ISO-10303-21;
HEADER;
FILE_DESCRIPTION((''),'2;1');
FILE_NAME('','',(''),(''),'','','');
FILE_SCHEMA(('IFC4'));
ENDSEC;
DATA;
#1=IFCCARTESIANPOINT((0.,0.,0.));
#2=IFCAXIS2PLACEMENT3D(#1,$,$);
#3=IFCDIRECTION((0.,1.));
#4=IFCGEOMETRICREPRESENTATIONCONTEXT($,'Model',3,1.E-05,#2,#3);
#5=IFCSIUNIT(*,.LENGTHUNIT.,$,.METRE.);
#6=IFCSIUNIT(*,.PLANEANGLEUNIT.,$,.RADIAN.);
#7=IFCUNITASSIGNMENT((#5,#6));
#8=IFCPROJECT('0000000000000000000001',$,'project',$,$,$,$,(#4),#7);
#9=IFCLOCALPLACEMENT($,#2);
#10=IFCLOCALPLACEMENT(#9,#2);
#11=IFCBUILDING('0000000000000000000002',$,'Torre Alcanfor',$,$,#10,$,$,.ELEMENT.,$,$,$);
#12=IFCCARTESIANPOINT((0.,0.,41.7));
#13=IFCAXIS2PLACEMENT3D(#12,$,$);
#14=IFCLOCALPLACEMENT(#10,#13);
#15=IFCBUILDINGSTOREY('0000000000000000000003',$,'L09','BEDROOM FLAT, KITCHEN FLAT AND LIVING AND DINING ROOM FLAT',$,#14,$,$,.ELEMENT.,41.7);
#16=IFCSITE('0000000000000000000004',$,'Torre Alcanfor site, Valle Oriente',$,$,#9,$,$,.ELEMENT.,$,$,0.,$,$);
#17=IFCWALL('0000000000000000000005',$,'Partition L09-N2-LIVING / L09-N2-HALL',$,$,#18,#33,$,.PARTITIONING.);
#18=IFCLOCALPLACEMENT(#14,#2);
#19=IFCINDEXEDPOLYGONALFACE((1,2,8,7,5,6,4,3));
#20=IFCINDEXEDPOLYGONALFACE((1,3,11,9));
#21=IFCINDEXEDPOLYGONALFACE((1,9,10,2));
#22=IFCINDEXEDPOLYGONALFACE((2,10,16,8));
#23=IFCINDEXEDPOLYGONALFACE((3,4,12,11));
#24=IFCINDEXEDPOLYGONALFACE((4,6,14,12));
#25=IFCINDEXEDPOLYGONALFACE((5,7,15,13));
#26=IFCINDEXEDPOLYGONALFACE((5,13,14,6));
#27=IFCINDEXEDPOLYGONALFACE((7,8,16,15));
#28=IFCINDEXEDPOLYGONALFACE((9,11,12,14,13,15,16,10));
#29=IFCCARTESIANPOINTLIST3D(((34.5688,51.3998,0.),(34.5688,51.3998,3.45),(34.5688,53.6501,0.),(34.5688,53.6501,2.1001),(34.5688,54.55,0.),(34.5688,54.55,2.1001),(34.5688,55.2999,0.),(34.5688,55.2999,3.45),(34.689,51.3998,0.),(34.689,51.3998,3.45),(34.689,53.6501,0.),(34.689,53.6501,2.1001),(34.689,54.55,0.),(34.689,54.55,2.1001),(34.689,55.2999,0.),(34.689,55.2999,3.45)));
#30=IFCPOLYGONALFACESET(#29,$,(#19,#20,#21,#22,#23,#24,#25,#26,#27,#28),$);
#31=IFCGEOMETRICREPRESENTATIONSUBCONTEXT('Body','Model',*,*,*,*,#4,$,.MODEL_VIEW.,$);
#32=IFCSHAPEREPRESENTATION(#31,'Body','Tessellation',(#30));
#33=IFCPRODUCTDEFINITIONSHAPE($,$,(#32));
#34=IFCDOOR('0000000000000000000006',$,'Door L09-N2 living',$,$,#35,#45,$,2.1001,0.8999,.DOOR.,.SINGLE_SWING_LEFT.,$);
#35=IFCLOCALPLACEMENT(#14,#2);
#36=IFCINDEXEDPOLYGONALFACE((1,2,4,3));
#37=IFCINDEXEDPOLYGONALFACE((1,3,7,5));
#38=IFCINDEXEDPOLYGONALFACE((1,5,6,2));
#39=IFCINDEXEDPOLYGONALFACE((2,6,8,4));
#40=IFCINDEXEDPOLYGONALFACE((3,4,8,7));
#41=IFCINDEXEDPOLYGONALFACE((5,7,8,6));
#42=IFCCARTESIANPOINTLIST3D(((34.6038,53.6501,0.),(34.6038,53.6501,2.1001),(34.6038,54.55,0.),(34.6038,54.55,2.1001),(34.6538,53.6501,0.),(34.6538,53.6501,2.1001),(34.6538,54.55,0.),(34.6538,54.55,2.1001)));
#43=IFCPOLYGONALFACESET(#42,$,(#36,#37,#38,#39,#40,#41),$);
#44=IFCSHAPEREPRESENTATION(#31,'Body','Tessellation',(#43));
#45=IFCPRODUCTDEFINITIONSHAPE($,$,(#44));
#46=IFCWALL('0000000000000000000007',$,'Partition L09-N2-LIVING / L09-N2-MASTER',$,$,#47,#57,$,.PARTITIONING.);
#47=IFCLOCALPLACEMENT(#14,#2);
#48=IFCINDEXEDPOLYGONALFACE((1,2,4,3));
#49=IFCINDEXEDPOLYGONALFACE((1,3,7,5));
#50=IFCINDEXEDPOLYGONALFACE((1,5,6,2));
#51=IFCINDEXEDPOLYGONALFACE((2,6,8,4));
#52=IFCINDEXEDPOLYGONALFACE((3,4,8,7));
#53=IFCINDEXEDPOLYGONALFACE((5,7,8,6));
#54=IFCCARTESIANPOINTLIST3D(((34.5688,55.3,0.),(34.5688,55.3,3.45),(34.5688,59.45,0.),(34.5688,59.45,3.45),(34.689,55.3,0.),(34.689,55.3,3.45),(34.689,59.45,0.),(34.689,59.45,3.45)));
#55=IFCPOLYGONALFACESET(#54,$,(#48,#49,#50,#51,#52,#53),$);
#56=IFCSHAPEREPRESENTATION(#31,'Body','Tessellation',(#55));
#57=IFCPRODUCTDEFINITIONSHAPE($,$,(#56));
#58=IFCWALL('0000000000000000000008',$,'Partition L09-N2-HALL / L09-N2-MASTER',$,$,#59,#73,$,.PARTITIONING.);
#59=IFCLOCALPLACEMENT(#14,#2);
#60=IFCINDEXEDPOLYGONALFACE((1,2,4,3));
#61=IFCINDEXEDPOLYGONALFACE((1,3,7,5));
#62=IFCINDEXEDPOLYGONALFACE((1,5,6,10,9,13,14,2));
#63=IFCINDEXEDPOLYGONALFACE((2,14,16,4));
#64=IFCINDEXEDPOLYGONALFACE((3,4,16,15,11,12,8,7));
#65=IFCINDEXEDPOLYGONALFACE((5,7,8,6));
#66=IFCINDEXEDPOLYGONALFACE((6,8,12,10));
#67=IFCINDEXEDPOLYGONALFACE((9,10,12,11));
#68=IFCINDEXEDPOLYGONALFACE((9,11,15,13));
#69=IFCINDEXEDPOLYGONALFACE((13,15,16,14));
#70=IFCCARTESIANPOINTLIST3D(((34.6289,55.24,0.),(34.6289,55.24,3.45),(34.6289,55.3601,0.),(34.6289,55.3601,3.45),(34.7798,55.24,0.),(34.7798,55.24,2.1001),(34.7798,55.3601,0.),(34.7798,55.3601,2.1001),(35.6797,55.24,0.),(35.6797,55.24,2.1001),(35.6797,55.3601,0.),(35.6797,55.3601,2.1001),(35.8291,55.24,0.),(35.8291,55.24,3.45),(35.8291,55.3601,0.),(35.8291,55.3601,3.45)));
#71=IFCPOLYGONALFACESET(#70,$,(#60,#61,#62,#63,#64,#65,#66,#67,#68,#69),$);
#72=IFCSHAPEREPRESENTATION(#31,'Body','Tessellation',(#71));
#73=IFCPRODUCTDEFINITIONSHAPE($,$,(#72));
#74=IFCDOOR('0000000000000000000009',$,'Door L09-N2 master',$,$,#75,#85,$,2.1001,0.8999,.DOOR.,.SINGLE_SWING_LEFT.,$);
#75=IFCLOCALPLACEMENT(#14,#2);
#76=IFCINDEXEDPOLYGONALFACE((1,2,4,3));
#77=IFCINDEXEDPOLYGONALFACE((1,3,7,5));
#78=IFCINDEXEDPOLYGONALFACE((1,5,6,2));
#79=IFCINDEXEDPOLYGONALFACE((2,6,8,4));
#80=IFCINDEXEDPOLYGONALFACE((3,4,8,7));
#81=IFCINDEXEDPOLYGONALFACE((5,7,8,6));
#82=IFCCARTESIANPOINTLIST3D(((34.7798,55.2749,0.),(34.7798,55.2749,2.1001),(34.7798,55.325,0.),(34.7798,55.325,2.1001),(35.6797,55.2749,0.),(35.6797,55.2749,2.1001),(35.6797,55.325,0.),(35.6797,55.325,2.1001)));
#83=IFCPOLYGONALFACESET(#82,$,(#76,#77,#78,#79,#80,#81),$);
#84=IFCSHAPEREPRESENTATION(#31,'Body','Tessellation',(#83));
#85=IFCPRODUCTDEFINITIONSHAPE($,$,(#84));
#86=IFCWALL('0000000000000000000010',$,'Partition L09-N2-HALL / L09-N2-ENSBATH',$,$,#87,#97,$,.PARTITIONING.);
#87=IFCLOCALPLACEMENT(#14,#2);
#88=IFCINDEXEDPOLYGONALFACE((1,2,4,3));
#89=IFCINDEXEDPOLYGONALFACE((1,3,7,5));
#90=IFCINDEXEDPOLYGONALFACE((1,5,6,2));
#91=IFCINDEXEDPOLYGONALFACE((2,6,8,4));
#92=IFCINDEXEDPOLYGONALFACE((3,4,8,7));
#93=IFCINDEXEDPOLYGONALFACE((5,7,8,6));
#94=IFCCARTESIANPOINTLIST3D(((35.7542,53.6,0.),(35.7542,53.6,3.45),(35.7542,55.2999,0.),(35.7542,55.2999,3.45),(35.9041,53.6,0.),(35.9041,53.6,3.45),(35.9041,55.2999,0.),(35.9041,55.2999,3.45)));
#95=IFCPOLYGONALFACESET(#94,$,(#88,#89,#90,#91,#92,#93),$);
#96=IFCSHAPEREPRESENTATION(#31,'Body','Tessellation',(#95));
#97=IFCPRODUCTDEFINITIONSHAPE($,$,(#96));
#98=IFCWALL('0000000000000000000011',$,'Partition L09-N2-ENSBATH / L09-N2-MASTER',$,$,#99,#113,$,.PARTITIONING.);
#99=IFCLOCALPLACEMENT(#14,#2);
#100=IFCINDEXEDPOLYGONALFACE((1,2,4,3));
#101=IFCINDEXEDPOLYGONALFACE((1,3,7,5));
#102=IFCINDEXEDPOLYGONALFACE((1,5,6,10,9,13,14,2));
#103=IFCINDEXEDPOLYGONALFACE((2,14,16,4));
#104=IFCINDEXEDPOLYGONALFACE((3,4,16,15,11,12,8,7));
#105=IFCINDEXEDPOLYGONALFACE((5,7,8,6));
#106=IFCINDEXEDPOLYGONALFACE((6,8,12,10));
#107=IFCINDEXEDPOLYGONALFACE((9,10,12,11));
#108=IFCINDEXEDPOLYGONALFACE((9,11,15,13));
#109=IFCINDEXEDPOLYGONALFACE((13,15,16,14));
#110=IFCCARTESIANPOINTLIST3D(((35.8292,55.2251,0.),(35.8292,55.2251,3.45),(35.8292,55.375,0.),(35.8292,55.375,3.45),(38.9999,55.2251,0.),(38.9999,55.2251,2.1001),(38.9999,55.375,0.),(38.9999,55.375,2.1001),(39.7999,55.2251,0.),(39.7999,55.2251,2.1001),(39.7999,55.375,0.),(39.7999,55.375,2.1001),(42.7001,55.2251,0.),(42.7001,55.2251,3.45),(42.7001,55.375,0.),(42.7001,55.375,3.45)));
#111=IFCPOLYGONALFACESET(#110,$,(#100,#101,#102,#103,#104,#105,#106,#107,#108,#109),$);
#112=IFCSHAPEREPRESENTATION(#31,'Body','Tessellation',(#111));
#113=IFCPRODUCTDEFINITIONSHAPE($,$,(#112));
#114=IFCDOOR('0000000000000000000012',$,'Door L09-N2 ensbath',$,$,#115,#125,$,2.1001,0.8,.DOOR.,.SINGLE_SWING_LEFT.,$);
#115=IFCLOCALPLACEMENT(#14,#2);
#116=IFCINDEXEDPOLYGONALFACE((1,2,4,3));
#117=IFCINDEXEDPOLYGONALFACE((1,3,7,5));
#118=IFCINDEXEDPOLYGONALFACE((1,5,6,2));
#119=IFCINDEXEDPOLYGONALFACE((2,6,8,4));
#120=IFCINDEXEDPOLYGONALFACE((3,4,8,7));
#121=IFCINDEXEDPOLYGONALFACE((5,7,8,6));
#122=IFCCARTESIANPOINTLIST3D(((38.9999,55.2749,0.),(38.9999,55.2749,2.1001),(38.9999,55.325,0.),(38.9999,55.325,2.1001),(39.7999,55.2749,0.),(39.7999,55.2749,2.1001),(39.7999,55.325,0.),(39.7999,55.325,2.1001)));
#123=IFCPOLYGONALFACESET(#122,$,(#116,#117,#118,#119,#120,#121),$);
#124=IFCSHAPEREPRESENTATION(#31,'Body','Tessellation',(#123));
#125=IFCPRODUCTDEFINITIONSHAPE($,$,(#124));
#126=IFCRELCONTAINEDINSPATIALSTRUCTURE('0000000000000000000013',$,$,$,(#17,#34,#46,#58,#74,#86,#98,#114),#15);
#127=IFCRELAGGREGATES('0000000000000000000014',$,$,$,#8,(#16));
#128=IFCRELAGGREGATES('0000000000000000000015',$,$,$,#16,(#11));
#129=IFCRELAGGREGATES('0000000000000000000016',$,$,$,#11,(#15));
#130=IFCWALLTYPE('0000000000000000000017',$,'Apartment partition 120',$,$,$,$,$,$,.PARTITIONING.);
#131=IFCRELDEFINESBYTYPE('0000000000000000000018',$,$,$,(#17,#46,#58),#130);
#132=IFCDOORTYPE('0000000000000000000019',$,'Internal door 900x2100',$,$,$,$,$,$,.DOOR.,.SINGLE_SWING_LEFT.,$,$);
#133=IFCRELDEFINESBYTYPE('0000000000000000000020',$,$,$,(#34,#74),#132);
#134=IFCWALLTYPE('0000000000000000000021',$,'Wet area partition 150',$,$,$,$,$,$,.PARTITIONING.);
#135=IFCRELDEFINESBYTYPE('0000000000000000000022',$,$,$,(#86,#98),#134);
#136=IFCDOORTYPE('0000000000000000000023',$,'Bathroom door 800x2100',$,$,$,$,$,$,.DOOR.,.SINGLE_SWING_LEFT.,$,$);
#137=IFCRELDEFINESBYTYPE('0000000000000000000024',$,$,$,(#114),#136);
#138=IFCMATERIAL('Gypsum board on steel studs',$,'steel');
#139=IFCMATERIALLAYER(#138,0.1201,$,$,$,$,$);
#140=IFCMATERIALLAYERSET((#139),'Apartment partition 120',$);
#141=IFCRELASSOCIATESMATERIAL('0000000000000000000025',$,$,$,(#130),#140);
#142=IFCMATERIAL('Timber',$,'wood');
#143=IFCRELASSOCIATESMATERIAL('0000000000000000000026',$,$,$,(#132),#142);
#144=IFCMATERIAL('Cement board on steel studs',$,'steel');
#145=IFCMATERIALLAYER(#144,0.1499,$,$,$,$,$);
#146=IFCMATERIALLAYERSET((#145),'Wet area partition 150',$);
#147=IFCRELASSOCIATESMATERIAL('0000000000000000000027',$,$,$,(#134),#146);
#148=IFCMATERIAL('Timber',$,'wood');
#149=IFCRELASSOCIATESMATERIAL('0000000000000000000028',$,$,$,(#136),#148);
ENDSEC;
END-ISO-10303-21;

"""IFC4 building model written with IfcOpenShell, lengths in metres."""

from ifc_helpers import new_model, si_unit, direction, frame, frame_2d, origin, place, context, subcontext, project, spatial, rectangle, extrude, material, layer, layer_set, type_object, element, fill, save


model = new_model("IFC4")

# Units and contexts
model_context = context("Model", 3, precision=1e-05, world=origin(), true_north=direction((0.0, 1.0)))
body_context = subcontext(model_context, "Body", "Model", "MODEL_VIEW")
ifc_project = project(units=[si_unit("LENGTHUNIT", "METRE"), si_unit("PLANEANGLEUNIT", "RADIAN")], contexts=[model_context])

# Site, building, storey
site_placement = place(None, origin())
site = spatial("IfcSite", under=ifc_project, at=site_placement, Name="Torre Alcanfor site, Valle Oriente", CompositionType="ELEMENT", RefElevation=0.0)
building_placement = place(site_placement, origin())
building = spatial("IfcBuilding", under=site, at=building_placement, Name="Torre Alcanfor", CompositionType="ELEMENT")
storey_placement = place(building_placement, frame((0.0, 0.0, 41.7)))
storey = spatial("IfcBuildingStorey", under=building, at=storey_placement, Name="L09", Description="BEDROOM FLAT, KITCHEN FLAT AND LIVING AND DINING ROOM FLAT", CompositionType="ELEMENT", Elevation=41.7)

# Wall, opening, door
ifc_material_1 = material(Name="Gypsum board on steel studs", Category="steel")
ifc_layer_1 = layer(ifc_material_1, 0.1201)
ifc_layer_set_1 = layer_set([ifc_layer_1], Name="Apartment partition 120")
wall_type_1 = type_object("IfcWallType", Name="Apartment partition 120", PredefinedType="PARTITIONING", material=ifc_layer_set_1)
wall_1_placement = place(storey_placement, frame((34.6289, 55.3, 0.0), z_axis=(0.0, 0.0, 1.0), x_axis=(0.0, -1.0, 0.0)))
wall_1 = element("IfcWall", 1, at=wall_1_placement, inside=storey, type_object=wall_type_1, Name="Partition L09-N2-LIVING / L09-N2-HALL", PredefinedType="PARTITIONING", context=body_context, shape_type="SweptSolid", body=[
    extrude(rectangle(XDim=3.9001, YDim=0.1201, at=frame_2d((1.9502, 0.0))), origin(), (0.0, 0.0, 1.0), 3.45),
])
opening_1_placement = place(wall_1_placement, frame((0.75, 0.0, 0.0)))
opening_1 = element("IfcOpeningElement", 2, at=opening_1_placement, cuts=wall_1, PredefinedType="OPENING", context=body_context, shape_type="SweptSolid", body=[
    extrude(rectangle(XDim=0.8999, YDim=2.1001, at=frame_2d((0.45, 1.05))), frame((0.0, 0.0701, 0.0), z_axis=(0.0, -1.0, 0.0), x_axis=(1.0, 0.0, 0.0)), (0.0, 0.0, 1.0), 0.1401),
])
ifc_material_2 = material(Name="Timber", Category="wood")
door_type_1 = type_object("IfcDoorType", Name="Internal door 900x2100", OperationType="SINGLE_SWING_LEFT", PredefinedType="DOOR", material=ifc_material_2)
door_1_placement = place(opening_1_placement, frame((0.8999, 0.0, 0.0), z_axis=(0.0, 0.0, 1.0), x_axis=(-1.0, 0.0, 0.0)))
door_1 = element("IfcDoor", 3, at=door_1_placement, inside=storey, type_object=door_type_1, Name="Door L09-N2 living", OperationType="SINGLE_SWING_LEFT", OverallHeight=2.1001, OverallWidth=0.8999, PredefinedType="DOOR", context=body_context, shape_type="SweptSolid", body=[
    extrude(rectangle(XDim=0.8999, YDim=2.1001, at=frame_2d((0.45, 1.05))), frame((0.0, 0.0251, 0.0), z_axis=(0.0, -1.0, 0.0), x_axis=(1.0, 0.0, 0.0)), (0.0, 0.0, 1.0), 0.05),
])
fill(opening_1, door_1)

# Wall
wall_2_placement = place(storey_placement, frame((34.6289, 59.45, 0.0), z_axis=(0.0, 0.0, 1.0), x_axis=(0.0, -1.0, 0.0)))
element("IfcWall", 4, at=wall_2_placement, inside=storey, type_object=wall_type_1, Name="Partition L09-N2-LIVING / L09-N2-MASTER", PredefinedType="PARTITIONING", context=body_context, shape_type="SweptSolid", body=[
    extrude(rectangle(XDim=4.1499, YDim=0.1201, at=frame_2d((2.075, 0.0))), origin(), (0.0, 0.0, 1.0), 3.45),
])

# Wall, opening, door
wall_3_placement = place(storey_placement, frame((34.6289, 55.3, 0.0), z_axis=(0.0, 0.0, 1.0), x_axis=(1.0, 0.0, 0.0)))
wall_3 = element("IfcWall", 5, at=wall_3_placement, inside=storey, type_object=wall_type_1, Name="Partition L09-N2-HALL / L09-N2-MASTER", PredefinedType="PARTITIONING", context=body_context, shape_type="SweptSolid", body=[
    extrude(rectangle(XDim=1.2002, YDim=0.1201, at=frame_2d((0.6001, 0.0))), origin(), (0.0, 0.0, 1.0), 3.45),
])
opening_2_placement = place(wall_3_placement, frame((0.1509, 0.0, 0.0)))
opening_2 = element("IfcOpeningElement", 6, at=opening_2_placement, cuts=wall_3, PredefinedType="OPENING", context=body_context, shape_type="SweptSolid", body=[
    extrude(rectangle(XDim=0.8999, YDim=2.1001, at=frame_2d((0.45, 1.05))), frame((0.0, 0.0701, 0.0), z_axis=(0.0, -1.0, 0.0), x_axis=(1.0, 0.0, 0.0)), (0.0, 0.0, 1.0), 0.1401),
])
door_2_placement = place(opening_2_placement, origin())
door_2 = element("IfcDoor", 7, at=door_2_placement, inside=storey, type_object=door_type_1, Name="Door L09-N2 master", OperationType="SINGLE_SWING_LEFT", OverallHeight=2.1001, OverallWidth=0.8999, PredefinedType="DOOR", context=body_context, shape_type="SweptSolid", body=[
    extrude(rectangle(XDim=0.8999, YDim=2.1001, at=frame_2d((0.45, 1.05))), frame((0.0, 0.0249, 0.0), z_axis=(0.0, -1.0, 0.0), x_axis=(1.0, 0.0, 0.0)), (0.0, 0.0, 1.0), 0.05),
])
fill(opening_2, door_2)

# Wall
ifc_material_3 = material(Name="Cement board on steel studs", Category="steel")
ifc_layer_2 = layer(ifc_material_3, 0.1499)
ifc_layer_set_2 = layer_set([ifc_layer_2], Name="Wet area partition 150")
wall_type_2 = type_object("IfcWallType", Name="Wet area partition 150", PredefinedType="PARTITIONING", material=ifc_layer_set_2)
wall_4_placement = place(storey_placement, frame((35.8291, 55.3, 0.0), z_axis=(0.0, 0.0, 1.0), x_axis=(0.0, -1.0, 0.0)))
element("IfcWall", 8, at=wall_4_placement, inside=storey, type_object=wall_type_2, Name="Partition L09-N2-HALL / L09-N2-ENSBATH", PredefinedType="PARTITIONING", context=body_context, shape_type="SweptSolid", body=[
    extrude(rectangle(XDim=1.7, YDim=0.1499, at=frame_2d((0.8501, 0.0))), origin(), (0.0, 0.0, 1.0), 3.45),
])

# Wall, opening, door
wall_5_placement = place(storey_placement, frame((35.8291, 55.3, 0.0), z_axis=(0.0, 0.0, 1.0), x_axis=(1.0, 0.0, 0.0)))
wall_5 = element("IfcWall", 9, at=wall_5_placement, inside=storey, type_object=wall_type_2, Name="Partition L09-N2-ENSBATH / L09-N2-MASTER", PredefinedType="PARTITIONING", context=body_context, shape_type="SweptSolid", body=[
    extrude(rectangle(XDim=6.8708, YDim=0.1499, at=frame_2d((3.4355, 0.0))), origin(), (0.0, 0.0, 1.0), 3.45),
])
opening_3_placement = place(wall_5_placement, frame((3.1709, 0.0, 0.0)))
opening_3 = element("IfcOpeningElement", 10, at=opening_3_placement, cuts=wall_5, PredefinedType="OPENING", context=body_context, shape_type="SweptSolid", body=[
    extrude(rectangle(XDim=0.8, YDim=2.1001, at=frame_2d((0.3999, 1.05))), frame((0.0, 0.085, 0.0), z_axis=(0.0, -1.0, 0.0), x_axis=(1.0, 0.0, 0.0)), (0.0, 0.0, 1.0), 0.1699),
])
ifc_material_4 = material(Name="Timber", Category="wood")
door_type_2 = type_object("IfcDoorType", Name="Bathroom door 800x2100", OperationType="SINGLE_SWING_LEFT", PredefinedType="DOOR", material=ifc_material_4)
door_3_placement = place(opening_3_placement, frame((0.8, 0.0, 0.0), z_axis=(0.0, 0.0, 1.0), x_axis=(-1.0, 0.0, 0.0)))
door_3 = element("IfcDoor", 11, at=door_3_placement, inside=storey, type_object=door_type_2, Name="Door L09-N2 ensbath", OperationType="SINGLE_SWING_LEFT", OverallHeight=2.1001, OverallWidth=0.8, PredefinedType="DOOR", context=body_context, shape_type="SweptSolid", body=[
    extrude(rectangle(XDim=0.8, YDim=2.1001, at=frame_2d((0.4001, 1.05))), frame((0.0, 0.0251, 0.0), z_axis=(0.0, -1.0, 0.0), x_axis=(1.0, 0.0, 0.0)), (0.0, 0.0, 1.0), 0.05),
])
fill(opening_3, door_3)

save(model, "model.ifc")
